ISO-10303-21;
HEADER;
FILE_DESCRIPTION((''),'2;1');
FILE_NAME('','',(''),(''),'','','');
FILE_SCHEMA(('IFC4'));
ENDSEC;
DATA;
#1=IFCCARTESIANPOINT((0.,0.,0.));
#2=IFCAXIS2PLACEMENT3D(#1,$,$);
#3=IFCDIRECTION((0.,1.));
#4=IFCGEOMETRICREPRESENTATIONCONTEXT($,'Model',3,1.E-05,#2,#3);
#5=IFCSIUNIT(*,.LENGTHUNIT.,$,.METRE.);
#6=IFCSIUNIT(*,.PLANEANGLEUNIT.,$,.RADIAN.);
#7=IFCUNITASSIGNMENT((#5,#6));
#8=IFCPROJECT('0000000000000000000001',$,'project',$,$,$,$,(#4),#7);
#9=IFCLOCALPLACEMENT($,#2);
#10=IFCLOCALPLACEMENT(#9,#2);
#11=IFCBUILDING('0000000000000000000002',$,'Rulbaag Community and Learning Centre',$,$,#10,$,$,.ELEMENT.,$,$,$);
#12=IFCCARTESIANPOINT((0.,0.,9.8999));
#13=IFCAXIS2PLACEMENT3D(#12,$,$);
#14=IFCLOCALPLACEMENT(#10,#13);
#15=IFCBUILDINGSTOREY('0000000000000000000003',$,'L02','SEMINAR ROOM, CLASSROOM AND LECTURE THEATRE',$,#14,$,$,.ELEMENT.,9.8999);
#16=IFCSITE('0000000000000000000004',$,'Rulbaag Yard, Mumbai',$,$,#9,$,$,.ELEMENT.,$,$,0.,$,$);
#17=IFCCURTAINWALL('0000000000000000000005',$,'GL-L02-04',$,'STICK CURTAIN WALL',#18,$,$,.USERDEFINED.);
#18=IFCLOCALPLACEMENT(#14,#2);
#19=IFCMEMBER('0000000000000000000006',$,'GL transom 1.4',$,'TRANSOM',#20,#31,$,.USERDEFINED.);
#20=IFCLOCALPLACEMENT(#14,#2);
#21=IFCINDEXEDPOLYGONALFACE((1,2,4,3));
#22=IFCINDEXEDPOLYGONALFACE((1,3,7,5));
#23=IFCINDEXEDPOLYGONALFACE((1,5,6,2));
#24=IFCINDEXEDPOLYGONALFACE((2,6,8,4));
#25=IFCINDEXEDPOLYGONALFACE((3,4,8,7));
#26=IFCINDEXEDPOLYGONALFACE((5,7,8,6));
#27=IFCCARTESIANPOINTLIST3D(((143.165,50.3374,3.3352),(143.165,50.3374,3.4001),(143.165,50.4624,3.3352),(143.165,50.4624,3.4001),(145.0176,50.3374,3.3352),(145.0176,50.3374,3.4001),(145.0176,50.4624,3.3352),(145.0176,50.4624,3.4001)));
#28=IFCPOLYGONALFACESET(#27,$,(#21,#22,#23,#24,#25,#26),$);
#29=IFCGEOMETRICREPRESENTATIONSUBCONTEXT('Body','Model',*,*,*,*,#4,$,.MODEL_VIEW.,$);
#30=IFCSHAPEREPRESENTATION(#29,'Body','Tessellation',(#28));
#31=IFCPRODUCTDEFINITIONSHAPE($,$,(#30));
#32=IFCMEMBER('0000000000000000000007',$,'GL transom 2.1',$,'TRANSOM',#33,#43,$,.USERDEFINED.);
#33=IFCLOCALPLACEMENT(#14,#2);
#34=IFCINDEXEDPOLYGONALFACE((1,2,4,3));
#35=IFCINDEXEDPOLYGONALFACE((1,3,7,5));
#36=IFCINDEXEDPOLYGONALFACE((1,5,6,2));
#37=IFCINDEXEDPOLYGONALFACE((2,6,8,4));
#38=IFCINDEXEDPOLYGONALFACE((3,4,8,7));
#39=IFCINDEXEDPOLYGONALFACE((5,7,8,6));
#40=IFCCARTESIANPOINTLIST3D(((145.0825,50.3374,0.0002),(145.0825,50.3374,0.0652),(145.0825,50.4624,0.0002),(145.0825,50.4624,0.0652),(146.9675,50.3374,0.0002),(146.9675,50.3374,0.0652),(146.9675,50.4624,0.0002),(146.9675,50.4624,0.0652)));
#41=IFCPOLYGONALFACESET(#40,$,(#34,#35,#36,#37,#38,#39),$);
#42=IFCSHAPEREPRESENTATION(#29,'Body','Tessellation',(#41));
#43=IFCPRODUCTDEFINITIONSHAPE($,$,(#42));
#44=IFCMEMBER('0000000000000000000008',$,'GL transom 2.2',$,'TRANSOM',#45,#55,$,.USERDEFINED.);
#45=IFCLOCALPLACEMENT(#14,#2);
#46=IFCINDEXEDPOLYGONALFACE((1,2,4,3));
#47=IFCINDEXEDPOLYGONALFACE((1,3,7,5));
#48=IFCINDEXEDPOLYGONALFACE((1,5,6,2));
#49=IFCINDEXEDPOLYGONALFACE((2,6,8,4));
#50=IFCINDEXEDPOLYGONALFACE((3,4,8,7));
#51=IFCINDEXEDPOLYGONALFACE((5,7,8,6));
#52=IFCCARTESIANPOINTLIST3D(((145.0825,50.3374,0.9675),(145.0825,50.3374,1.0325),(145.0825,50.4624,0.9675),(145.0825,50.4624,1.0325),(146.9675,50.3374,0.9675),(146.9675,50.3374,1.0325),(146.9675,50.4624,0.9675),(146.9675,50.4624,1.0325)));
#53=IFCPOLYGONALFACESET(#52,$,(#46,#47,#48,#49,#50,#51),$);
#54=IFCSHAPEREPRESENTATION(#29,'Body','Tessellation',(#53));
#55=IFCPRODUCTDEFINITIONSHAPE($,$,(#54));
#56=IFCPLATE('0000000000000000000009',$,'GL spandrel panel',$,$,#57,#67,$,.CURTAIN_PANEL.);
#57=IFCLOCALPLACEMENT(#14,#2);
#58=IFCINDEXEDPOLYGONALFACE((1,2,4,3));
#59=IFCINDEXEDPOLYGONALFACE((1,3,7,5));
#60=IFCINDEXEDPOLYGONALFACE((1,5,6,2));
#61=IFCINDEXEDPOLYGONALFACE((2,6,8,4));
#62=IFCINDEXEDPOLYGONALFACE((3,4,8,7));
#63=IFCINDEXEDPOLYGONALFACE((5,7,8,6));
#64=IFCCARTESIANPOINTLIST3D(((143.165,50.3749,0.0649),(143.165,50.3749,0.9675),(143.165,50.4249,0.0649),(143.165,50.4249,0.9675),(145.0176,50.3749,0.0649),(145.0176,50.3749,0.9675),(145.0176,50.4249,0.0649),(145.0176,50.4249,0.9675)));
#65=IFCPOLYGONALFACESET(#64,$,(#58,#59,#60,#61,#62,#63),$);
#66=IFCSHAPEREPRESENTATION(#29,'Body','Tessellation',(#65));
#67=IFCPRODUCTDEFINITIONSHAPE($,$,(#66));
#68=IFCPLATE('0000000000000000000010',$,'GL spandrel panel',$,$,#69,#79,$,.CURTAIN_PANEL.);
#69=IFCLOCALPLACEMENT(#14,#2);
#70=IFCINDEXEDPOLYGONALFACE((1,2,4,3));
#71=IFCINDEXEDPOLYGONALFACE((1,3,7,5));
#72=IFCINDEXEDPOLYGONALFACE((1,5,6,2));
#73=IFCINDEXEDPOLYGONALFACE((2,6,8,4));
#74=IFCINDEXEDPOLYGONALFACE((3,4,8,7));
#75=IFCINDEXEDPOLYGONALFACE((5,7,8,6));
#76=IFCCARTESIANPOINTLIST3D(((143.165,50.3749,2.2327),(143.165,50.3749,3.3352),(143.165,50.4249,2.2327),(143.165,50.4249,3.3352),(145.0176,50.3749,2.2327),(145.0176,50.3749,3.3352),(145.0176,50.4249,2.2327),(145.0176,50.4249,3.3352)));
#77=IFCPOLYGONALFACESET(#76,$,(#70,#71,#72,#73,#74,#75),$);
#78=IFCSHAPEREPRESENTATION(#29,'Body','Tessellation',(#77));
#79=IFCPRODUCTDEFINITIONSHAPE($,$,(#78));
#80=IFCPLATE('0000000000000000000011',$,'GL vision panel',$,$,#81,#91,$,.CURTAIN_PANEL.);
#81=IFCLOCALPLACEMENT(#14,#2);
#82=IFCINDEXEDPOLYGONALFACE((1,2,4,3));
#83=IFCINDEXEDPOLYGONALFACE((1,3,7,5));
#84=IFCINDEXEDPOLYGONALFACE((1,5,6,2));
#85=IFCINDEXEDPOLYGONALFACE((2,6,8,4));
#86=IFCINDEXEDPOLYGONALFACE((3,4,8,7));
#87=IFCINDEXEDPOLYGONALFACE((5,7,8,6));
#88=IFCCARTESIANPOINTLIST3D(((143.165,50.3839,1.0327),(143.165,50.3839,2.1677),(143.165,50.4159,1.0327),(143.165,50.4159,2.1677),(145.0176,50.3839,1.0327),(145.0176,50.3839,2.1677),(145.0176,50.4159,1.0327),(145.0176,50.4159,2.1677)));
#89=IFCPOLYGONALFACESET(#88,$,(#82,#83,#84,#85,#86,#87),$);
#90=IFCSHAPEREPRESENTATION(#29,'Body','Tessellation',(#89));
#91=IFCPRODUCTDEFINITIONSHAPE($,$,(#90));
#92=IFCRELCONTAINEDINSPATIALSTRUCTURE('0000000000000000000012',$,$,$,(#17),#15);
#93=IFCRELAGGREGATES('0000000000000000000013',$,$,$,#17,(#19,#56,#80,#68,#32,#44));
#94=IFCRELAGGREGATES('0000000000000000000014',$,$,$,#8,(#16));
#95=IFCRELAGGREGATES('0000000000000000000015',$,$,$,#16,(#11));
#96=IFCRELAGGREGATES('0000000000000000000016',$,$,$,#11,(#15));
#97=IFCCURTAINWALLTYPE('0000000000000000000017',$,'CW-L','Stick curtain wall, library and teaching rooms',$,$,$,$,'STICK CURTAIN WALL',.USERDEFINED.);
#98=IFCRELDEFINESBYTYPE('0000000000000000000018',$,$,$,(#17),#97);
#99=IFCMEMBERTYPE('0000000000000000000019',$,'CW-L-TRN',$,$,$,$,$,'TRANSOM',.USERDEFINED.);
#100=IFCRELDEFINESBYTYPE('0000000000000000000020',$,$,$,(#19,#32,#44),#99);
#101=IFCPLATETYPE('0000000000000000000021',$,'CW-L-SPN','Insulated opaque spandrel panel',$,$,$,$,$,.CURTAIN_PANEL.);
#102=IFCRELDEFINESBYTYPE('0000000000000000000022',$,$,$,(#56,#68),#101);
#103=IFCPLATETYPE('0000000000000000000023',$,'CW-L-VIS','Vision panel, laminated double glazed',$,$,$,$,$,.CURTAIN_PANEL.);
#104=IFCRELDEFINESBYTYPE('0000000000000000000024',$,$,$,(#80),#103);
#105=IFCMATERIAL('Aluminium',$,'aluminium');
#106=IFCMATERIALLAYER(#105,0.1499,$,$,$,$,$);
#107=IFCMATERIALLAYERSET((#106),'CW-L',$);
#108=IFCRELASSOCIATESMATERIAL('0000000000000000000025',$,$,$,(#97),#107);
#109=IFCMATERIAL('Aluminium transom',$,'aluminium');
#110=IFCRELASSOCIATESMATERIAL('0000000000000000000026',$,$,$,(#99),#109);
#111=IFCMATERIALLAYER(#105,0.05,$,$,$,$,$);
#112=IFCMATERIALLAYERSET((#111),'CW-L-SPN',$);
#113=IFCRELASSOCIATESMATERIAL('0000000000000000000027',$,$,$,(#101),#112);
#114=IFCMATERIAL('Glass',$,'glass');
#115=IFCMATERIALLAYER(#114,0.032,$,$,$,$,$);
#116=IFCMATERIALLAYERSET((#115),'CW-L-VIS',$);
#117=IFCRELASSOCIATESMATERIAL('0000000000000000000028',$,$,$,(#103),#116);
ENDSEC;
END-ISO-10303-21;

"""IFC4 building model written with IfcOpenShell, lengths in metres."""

from ifc_helpers import new_model, si_unit, direction, frame, origin, origin_2d, place, context, subcontext, project, spatial, rectangle, extrude, material, layer, layer_set, material_profile, profile_set, type_object, element, aggregate, save


model = new_model("IFC4")

# Units and contexts
model_context = context("Model", 3, precision=1e-05, world=origin(), true_north=direction((0.0, 1.0)))
body_context = subcontext(model_context, "Body", "Model", "MODEL_VIEW")
ifc_project = project(units=[si_unit("LENGTHUNIT", "METRE"), si_unit("PLANEANGLEUNIT", "RADIAN")], contexts=[model_context])

# Site, building, storey
site_placement = place(None, origin())
site = spatial("IfcSite", under=ifc_project, at=site_placement, Name="Rulbaag Yard, Mumbai", CompositionType="ELEMENT", RefElevation=0.0)
building_placement = place(site_placement, origin())
building = spatial("IfcBuilding", under=site, at=building_placement, Name="Rulbaag Community and Learning Centre", CompositionType="ELEMENT")
storey_placement = place(building_placement, frame((0.0, 0.0, 9.8999)))
storey = spatial("IfcBuildingStorey", under=building, at=storey_placement, Name="L02", Description="SEMINAR ROOM, CLASSROOM AND LECTURE THEATRE", CompositionType="ELEMENT", Elevation=9.8999)

# Curtain wall, members, plates
ifc_material_1 = material(Name="Aluminium", Category="aluminium")
ifc_layer_1 = layer(ifc_material_1, 0.1499)
ifc_layer_set_1 = layer_set([ifc_layer_1], Name="CW-L")
curtain_wall_type = type_object("IfcCurtainWallType", Name="CW-L", Description="Stick curtain wall, library and teaching rooms", ElementType="STICK CURTAIN WALL", PredefinedType="USERDEFINED", material=ifc_layer_set_1)
curtain_wall_placement = place(storey_placement, origin())
curtain_wall = element("IfcCurtainWall", 1, at=curtain_wall_placement, inside=storey, type_object=curtain_wall_type, Name="GL-L02-04", ObjectType="STICK CURTAIN WALL", PredefinedType="USERDEFINED")
ifc_material_2 = material(Name="Aluminium transom", Category="aluminium")
ifc_material_profile_1 = material_profile(ifc_material_2, rectangle(XDim=0.125, YDim=0.0649, at=origin_2d()), Name="AL 65x125 T")
ifc_profile_set_1 = profile_set([ifc_material_profile_1], Name="Aluminium transom")
member_type_1 = type_object("IfcMemberType", Name="CW-L-TRN", ElementType="TRANSOM", PredefinedType="USERDEFINED", material=ifc_profile_set_1)
member_1_placement = place(storey_placement, frame((143.165, 50.3999, 3.3677), z_axis=(1.0, 0.0, 0.0), x_axis=(0.0, 1.0, 0.0)))
member_1 = element("IfcMember", 2, at=member_1_placement, type_object=member_type_1, Name="GL transom 1.4", ObjectType="TRANSOM", PredefinedType="USERDEFINED", context=body_context, shape_type="SweptSolid", body=[
    extrude(rectangle(XDim=0.125, YDim=0.0649, at=origin_2d()), origin(), (0.0, 0.0, 1.0), 1.8525),
])
member_2_placement = place(storey_placement, frame((145.0825, 50.3999, 0.0327), z_axis=(1.0, 0.0, 0.0), x_axis=(0.0, 1.0, 0.0)))
member_2 = element("IfcMember", 3, at=member_2_placement, type_object=member_type_1, Name="GL transom 2.1", ObjectType="TRANSOM", PredefinedType="USERDEFINED", context=body_context, shape_type="SweptSolid", body=[
    extrude(rectangle(XDim=0.125, YDim=0.0649, at=origin_2d()), origin(), (0.0, 0.0, 1.0), 1.885),
])
member_3_placement = place(storey_placement, frame((145.0825, 50.3999, 1.0), z_axis=(1.0, 0.0, 0.0), x_axis=(0.0, 1.0, 0.0)))
member_3 = element("IfcMember", 4, at=member_3_placement, type_object=member_type_1, Name="GL transom 2.2", ObjectType="TRANSOM", PredefinedType="USERDEFINED", context=body_context, shape_type="SweptSolid", body=[
    extrude(rectangle(XDim=0.125, YDim=0.0649, at=origin_2d()), origin(), (0.0, 0.0, 1.0), 1.885),
])
ifc_layer_2 = layer(ifc_material_1, 0.05)
ifc_layer_set_2 = layer_set([ifc_layer_2], Name="CW-L-SPN")
plate_type_1 = type_object("IfcPlateType", Name="CW-L-SPN", Description="Insulated opaque spandrel panel", PredefinedType="CURTAIN_PANEL", material=ifc_layer_set_2)
plate_1_placement = place(storey_placement, frame((144.0913, 50.3999, 0.0649), z_axis=(0.0, 0.0, 1.0), x_axis=(1.0, 0.0, 0.0)))
plate_1 = element("IfcPlate", 5, at=plate_1_placement, type_object=plate_type_1, Name="GL spandrel panel", PredefinedType="CURTAIN_PANEL", context=body_context, shape_type="SweptSolid", body=[
    extrude(rectangle(XDim=1.8525, YDim=0.05, at=origin_2d()), origin(), (0.0, 0.0, 1.0), 0.9026),
])
plate_2_placement = place(storey_placement, frame((144.0913, 50.3999, 2.2327), z_axis=(0.0, 0.0, 1.0), x_axis=(1.0, 0.0, 0.0)))
plate_2 = element("IfcPlate", 6, at=plate_2_placement, type_object=plate_type_1, Name="GL spandrel panel", PredefinedType="CURTAIN_PANEL", context=body_context, shape_type="SweptSolid", body=[
    extrude(rectangle(XDim=1.8525, YDim=0.05, at=origin_2d()), origin(), (0.0, 0.0, 1.0), 1.1025),
])
ifc_material_3 = material(Name="Glass", Category="glass")
ifc_layer_3 = layer(ifc_material_3, 0.032)
ifc_layer_set_3 = layer_set([ifc_layer_3], Name="CW-L-VIS")
plate_type_2 = type_object("IfcPlateType", Name="CW-L-VIS", Description="Vision panel, laminated double glazed", PredefinedType="CURTAIN_PANEL", material=ifc_layer_set_3)
plate_3_placement = place(storey_placement, frame((144.0913, 50.3999, 1.0327), z_axis=(0.0, 0.0, 1.0), x_axis=(1.0, 0.0, 0.0)))
plate_3 = element("IfcPlate", 7, at=plate_3_placement, type_object=plate_type_2, Name="GL vision panel", PredefinedType="CURTAIN_PANEL", context=body_context, shape_type="SweptSolid", body=[
    extrude(rectangle(XDim=1.8525, YDim=0.032, at=origin_2d()), origin(), (0.0, 0.0, 1.0), 1.135),
])
aggregate(curtain_wall, [member_1, plate_1, plate_3, plate_2, member_2, member_3])

save(model, "model.ifc")
